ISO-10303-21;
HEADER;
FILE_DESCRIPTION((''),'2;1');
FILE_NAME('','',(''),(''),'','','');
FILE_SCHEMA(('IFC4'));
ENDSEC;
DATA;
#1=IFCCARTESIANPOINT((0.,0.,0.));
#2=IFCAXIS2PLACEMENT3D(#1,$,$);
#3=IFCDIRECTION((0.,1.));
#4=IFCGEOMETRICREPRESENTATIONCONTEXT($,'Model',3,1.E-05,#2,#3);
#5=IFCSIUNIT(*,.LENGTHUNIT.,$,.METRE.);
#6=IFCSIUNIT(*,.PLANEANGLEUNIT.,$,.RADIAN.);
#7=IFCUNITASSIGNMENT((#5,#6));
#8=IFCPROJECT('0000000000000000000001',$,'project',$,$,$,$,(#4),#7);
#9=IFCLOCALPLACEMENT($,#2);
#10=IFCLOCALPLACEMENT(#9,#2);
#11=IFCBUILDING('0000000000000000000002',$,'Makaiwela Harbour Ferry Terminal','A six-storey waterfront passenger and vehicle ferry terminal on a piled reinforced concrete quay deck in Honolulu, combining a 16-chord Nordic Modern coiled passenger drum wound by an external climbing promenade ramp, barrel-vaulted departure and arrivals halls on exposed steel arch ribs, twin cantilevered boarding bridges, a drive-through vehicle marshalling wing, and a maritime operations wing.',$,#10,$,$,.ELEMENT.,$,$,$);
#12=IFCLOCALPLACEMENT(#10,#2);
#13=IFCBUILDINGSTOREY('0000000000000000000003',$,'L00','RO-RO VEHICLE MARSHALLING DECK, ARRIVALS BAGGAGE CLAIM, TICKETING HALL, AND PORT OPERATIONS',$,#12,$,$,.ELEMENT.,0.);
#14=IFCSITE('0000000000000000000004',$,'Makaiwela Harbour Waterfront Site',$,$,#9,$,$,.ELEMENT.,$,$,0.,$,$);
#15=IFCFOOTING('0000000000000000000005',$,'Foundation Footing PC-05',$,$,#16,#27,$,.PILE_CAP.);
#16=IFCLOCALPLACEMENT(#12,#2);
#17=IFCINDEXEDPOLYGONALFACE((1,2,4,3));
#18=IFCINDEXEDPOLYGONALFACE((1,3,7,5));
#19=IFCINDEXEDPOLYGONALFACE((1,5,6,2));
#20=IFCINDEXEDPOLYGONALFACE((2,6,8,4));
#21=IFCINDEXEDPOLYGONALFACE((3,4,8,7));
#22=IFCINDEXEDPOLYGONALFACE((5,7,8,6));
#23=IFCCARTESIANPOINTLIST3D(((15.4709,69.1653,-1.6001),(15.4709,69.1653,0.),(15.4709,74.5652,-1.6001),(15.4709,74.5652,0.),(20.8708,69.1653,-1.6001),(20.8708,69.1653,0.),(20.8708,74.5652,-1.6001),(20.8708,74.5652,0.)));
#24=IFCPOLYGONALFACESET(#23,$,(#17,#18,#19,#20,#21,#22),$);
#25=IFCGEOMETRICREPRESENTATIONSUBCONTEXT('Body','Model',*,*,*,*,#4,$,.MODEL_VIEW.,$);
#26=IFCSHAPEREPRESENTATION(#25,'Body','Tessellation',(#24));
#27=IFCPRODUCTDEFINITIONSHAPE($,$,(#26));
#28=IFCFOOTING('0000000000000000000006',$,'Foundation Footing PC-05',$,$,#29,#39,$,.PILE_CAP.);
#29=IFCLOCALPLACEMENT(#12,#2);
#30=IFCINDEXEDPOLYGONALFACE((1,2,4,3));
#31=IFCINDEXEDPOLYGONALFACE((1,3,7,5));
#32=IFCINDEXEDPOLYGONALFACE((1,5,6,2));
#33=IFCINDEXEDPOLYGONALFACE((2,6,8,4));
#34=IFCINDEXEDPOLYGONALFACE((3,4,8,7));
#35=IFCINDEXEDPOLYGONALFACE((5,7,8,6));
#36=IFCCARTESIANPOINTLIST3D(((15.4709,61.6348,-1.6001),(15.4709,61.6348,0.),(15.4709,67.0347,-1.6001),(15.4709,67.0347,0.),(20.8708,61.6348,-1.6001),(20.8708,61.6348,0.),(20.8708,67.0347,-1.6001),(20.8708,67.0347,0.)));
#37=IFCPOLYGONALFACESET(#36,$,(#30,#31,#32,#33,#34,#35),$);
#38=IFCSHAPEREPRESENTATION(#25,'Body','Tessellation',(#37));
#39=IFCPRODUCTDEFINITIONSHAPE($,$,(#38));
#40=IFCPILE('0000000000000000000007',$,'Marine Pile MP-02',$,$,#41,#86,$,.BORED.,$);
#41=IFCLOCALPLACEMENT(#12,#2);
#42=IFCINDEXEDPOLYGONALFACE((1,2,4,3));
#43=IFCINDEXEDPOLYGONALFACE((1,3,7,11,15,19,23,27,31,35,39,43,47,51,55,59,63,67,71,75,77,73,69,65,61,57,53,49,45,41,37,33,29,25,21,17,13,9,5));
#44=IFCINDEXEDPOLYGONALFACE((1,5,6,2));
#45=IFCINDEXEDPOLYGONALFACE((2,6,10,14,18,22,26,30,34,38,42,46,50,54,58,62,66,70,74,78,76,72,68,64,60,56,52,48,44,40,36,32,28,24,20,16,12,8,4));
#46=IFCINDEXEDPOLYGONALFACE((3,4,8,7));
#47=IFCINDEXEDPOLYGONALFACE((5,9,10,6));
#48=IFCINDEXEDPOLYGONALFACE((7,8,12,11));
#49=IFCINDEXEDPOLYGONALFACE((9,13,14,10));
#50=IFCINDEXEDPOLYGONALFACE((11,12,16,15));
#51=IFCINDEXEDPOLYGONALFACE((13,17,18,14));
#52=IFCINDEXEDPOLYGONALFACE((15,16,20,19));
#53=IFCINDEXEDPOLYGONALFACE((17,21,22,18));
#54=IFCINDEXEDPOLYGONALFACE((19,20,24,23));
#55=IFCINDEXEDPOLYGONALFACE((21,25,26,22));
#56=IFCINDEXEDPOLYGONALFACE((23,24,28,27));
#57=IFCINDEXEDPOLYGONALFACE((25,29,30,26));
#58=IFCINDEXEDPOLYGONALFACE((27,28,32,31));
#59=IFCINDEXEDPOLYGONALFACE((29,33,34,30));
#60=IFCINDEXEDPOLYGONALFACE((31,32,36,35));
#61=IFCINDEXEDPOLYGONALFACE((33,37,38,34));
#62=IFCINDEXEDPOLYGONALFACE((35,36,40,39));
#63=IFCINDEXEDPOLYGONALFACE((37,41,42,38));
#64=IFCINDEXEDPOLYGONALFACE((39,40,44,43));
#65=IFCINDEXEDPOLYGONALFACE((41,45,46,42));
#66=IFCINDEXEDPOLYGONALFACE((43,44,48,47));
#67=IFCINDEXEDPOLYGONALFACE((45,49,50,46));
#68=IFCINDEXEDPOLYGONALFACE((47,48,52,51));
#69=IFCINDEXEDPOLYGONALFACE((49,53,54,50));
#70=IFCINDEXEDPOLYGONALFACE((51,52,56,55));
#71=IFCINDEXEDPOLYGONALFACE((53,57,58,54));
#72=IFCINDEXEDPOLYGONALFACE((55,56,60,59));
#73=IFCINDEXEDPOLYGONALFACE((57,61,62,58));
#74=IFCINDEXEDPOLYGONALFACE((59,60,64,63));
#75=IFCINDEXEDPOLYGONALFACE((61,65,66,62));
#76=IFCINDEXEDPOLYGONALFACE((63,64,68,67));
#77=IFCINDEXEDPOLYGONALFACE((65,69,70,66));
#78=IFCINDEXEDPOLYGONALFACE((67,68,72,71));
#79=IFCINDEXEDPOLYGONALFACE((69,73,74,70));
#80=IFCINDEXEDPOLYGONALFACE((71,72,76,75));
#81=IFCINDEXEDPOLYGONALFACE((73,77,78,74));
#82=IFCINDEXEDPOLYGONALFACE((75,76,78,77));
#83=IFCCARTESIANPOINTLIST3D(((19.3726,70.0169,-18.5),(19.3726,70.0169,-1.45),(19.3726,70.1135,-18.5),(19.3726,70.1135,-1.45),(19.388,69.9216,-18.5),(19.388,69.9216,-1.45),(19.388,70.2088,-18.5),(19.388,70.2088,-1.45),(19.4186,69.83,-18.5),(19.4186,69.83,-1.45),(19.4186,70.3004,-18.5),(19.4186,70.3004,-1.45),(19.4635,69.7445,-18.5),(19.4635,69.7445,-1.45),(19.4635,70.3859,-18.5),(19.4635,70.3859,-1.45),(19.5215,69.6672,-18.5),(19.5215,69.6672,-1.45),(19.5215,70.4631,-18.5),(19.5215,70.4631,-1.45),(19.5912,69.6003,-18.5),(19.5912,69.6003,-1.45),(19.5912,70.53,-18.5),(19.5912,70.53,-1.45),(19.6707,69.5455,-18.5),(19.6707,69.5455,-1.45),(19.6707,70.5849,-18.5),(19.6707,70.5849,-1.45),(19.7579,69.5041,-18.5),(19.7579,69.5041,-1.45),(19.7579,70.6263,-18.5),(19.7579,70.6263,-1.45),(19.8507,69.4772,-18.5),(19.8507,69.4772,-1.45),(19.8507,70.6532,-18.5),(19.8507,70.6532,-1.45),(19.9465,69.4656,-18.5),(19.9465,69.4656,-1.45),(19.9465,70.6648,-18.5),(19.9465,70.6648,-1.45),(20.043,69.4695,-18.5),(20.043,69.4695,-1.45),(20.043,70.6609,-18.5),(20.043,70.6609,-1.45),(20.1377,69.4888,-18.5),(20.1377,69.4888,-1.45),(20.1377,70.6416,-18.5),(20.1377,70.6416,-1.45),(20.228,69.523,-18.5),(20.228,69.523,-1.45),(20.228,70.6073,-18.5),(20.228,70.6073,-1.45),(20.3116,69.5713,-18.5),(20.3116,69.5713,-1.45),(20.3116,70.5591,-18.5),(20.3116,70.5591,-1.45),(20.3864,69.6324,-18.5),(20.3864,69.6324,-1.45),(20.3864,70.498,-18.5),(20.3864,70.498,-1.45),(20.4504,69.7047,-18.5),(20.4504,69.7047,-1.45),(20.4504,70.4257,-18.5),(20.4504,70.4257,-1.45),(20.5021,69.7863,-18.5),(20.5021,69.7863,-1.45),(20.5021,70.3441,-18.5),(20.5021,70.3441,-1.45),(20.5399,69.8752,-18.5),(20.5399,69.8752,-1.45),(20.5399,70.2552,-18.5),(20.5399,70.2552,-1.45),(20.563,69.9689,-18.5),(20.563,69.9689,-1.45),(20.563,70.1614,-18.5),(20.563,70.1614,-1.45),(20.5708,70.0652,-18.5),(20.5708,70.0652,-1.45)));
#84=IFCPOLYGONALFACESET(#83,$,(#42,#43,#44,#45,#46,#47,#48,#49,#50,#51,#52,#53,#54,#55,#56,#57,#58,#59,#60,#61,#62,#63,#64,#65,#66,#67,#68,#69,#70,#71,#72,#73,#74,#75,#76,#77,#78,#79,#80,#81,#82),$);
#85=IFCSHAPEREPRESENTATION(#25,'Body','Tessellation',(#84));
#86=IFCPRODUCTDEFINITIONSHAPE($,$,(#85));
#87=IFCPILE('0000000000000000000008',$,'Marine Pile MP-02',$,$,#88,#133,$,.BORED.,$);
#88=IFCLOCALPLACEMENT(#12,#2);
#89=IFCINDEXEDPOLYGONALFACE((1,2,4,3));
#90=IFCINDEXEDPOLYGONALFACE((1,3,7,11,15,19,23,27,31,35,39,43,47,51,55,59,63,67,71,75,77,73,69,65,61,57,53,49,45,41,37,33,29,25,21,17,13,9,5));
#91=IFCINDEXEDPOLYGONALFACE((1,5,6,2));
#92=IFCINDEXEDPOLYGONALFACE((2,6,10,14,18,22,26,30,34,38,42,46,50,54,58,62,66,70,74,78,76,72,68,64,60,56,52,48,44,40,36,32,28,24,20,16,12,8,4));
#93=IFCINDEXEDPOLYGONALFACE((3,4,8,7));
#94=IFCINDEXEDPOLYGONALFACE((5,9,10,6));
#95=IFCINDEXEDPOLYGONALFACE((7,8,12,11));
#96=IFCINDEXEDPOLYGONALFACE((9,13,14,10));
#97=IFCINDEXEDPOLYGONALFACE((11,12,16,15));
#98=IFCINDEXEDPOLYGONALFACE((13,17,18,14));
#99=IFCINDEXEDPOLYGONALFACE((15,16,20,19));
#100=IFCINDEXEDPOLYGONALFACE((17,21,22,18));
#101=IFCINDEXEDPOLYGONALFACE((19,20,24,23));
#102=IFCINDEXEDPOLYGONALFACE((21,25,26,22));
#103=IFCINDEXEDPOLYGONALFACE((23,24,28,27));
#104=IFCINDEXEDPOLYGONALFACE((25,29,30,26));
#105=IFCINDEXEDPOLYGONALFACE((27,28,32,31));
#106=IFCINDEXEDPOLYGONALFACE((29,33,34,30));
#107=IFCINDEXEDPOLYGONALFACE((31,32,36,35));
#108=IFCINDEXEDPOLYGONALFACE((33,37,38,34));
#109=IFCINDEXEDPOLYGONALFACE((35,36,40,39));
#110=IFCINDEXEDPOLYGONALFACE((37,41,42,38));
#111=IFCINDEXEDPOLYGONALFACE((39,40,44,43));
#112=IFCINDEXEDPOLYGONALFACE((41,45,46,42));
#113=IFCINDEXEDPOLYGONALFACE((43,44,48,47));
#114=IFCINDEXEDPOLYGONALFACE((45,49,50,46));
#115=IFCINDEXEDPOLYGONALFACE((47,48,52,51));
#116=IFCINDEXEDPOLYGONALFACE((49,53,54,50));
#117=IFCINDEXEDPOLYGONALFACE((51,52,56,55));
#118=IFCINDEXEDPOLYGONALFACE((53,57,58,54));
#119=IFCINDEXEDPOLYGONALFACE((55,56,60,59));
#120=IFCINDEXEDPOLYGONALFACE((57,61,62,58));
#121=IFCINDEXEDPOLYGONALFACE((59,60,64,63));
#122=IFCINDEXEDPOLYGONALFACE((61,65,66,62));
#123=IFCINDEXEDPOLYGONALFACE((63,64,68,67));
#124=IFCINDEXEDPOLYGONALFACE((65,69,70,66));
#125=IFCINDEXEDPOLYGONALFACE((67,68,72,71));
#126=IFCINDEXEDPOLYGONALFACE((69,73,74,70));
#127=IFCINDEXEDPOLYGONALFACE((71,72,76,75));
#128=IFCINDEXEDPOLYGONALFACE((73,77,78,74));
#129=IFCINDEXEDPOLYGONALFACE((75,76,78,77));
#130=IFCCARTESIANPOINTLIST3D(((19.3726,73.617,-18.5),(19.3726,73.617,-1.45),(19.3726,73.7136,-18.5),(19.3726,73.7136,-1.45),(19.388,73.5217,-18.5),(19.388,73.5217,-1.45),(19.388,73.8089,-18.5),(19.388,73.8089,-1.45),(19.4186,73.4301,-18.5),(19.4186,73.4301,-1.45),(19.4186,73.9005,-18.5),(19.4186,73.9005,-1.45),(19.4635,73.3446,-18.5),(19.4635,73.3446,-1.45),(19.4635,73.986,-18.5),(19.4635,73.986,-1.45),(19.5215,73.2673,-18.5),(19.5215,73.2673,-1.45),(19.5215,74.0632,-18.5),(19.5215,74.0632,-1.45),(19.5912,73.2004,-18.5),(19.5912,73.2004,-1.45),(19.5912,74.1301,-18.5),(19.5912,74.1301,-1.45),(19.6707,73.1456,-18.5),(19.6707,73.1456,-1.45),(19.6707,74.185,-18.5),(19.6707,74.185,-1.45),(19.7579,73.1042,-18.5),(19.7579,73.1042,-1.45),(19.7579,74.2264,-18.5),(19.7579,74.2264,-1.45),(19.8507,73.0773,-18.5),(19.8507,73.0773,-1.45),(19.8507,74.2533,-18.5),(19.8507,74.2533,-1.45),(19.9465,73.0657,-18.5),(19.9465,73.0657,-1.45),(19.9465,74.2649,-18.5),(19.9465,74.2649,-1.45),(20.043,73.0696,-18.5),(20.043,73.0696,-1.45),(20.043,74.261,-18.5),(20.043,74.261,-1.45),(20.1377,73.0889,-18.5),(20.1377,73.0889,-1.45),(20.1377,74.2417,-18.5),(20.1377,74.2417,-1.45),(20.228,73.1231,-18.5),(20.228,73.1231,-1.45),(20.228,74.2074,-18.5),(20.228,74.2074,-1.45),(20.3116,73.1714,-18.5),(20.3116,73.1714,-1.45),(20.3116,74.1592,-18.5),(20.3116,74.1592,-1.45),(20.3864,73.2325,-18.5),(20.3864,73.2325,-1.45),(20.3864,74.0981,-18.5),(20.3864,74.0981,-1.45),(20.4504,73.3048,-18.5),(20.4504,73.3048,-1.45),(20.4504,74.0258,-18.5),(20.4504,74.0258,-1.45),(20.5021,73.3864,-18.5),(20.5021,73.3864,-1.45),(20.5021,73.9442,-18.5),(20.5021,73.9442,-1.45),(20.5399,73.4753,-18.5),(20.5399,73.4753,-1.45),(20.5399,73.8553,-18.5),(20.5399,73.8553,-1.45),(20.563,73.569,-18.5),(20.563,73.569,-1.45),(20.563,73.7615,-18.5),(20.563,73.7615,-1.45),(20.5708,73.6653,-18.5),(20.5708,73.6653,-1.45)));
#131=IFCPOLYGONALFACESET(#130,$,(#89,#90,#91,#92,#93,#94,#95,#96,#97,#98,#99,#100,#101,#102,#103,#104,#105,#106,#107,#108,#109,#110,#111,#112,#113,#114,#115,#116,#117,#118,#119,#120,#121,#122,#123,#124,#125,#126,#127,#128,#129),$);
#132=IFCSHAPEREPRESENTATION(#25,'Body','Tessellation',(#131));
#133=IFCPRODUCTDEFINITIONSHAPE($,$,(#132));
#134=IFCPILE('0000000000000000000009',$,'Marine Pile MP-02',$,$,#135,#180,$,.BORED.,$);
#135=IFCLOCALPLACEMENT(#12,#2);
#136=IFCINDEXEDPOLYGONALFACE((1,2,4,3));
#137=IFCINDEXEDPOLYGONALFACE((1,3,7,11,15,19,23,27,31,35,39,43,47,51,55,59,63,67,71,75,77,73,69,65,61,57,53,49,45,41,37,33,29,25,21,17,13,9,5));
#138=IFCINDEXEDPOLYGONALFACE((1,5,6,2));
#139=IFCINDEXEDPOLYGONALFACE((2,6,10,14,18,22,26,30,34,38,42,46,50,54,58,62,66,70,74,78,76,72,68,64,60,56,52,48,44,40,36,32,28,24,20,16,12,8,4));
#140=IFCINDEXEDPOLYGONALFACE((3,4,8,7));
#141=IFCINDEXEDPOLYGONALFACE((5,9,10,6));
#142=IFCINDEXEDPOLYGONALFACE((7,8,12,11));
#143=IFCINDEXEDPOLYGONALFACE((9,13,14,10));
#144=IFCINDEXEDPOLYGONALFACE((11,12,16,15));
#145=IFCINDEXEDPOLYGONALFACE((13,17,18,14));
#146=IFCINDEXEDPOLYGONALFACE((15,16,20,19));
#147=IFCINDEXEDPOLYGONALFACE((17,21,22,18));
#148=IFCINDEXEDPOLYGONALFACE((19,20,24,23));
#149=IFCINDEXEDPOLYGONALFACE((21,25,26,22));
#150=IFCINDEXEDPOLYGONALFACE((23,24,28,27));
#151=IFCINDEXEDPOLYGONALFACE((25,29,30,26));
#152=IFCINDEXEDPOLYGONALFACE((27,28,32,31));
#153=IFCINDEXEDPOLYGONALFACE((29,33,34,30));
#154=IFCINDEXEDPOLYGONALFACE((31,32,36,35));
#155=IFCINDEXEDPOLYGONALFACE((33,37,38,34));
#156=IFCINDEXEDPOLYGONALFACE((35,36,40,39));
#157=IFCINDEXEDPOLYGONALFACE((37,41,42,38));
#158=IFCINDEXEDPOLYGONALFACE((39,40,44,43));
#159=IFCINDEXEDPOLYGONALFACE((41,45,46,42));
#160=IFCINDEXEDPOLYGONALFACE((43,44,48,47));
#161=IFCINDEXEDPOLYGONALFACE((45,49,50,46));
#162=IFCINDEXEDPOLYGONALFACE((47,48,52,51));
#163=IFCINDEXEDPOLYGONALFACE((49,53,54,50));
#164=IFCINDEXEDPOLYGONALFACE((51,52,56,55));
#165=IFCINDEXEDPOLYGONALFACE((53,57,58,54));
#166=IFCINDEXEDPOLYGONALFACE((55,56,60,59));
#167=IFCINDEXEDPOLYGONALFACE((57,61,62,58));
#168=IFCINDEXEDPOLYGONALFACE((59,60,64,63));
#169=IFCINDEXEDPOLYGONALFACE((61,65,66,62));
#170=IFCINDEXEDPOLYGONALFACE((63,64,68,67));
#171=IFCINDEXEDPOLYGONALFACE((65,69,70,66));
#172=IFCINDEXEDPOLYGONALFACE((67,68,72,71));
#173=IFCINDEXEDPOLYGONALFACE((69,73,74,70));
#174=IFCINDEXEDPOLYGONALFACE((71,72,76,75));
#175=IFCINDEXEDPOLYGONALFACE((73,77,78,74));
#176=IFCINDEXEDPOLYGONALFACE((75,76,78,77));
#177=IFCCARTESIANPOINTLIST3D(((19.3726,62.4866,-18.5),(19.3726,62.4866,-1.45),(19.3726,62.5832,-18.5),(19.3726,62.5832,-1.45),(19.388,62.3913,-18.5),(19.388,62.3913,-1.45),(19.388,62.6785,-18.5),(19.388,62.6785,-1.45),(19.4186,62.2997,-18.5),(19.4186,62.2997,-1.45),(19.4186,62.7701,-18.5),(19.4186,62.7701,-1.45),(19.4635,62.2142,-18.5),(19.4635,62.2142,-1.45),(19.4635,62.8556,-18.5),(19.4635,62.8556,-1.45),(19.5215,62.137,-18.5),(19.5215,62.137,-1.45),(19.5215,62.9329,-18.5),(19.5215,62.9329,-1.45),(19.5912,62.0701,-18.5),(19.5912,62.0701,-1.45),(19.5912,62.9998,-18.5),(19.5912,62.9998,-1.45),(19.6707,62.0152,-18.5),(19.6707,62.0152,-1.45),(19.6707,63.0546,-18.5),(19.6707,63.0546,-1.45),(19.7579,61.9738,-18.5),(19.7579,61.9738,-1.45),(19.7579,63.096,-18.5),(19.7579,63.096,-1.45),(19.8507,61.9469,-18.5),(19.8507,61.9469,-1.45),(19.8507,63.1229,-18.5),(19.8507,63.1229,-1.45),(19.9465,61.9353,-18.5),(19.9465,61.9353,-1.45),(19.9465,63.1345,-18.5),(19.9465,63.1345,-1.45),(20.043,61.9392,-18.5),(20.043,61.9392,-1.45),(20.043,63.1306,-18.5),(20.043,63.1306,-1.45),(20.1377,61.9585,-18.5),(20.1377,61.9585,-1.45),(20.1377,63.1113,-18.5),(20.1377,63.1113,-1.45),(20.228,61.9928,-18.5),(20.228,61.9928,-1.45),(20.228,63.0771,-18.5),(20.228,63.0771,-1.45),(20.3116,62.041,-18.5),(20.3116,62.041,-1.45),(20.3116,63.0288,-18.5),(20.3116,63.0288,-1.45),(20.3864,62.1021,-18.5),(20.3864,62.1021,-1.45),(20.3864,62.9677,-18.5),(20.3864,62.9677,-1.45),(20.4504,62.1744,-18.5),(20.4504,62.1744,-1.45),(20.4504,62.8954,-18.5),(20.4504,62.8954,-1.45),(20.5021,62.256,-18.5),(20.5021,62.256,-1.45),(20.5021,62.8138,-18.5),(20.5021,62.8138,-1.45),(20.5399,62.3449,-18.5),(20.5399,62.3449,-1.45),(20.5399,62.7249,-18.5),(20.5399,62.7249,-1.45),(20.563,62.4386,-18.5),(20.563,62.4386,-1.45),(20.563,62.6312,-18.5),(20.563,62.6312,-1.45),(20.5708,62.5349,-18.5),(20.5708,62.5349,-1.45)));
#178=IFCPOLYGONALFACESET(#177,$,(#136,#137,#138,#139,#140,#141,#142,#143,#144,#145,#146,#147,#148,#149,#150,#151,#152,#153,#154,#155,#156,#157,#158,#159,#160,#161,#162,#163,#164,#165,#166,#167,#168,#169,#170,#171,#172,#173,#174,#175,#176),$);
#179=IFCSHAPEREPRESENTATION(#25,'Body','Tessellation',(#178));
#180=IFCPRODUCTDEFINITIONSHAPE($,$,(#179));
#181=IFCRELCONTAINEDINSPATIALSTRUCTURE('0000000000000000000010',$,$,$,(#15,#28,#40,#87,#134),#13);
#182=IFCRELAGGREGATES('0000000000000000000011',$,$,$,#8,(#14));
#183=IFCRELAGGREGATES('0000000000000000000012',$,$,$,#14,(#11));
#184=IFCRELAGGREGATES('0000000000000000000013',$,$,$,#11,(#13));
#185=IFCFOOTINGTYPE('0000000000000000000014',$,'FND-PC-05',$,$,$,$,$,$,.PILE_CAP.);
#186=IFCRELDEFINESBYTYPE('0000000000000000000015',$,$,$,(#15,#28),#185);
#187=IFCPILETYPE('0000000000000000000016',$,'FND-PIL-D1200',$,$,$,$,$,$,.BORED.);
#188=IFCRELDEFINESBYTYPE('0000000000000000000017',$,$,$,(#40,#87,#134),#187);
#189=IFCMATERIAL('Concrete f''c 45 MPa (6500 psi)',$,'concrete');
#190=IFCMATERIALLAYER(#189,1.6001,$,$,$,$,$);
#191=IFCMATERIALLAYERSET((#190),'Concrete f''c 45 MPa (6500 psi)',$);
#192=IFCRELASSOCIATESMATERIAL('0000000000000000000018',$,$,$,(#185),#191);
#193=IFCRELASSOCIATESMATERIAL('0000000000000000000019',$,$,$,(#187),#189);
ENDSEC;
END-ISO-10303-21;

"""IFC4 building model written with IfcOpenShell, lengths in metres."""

from ifc_helpers import new_model, si_unit, direction, frame, origin, origin_2d, place, context, subcontext, project, spatial, rectangle, circle, extrude, material, layer, layer_set, material_profile, profile_set, type_object, element, save


model = new_model("IFC4")

# Units and contexts
model_context = context("Model", 3, precision=1e-05, world=origin(), true_north=direction((0.0, 1.0)))
body_context = subcontext(model_context, "Body", "Model", "MODEL_VIEW")
ifc_project = project(units=[si_unit("LENGTHUNIT", "METRE"), si_unit("PLANEANGLEUNIT", "RADIAN")], contexts=[model_context])

# Site, building, storey
site_placement = place(None, origin())
site = spatial("IfcSite", under=ifc_project, at=site_placement, Name="Makaiwela Harbour Waterfront Site", CompositionType="ELEMENT", RefElevation=0.0)
building_placement = place(site_placement, origin())
building = spatial("IfcBuilding", under=site, at=building_placement, Name="Makaiwela Harbour Ferry Terminal", Description="A six-storey waterfront passenger and vehicle ferry terminal on a piled reinforced concrete quay deck in Honolulu, combining a 16-chord Nordic Modern coiled passenger drum wound by an external climbing promenade ramp, barrel-vaulted departure and arrivals halls on exposed steel arch ribs, twin cantilevered boarding bridges, a drive-through vehicle marshalling wing, and a maritime operations wing.", CompositionType="ELEMENT")
storey_placement = place(building_placement, origin())
storey = spatial("IfcBuildingStorey", under=building, at=storey_placement, Name="L00", Description="RO-RO VEHICLE MARSHALLING DECK, ARRIVALS BAGGAGE CLAIM, TICKETING HALL, AND PORT OPERATIONS", CompositionType="ELEMENT", Elevation=0.0)

# Footings
ifc_material_1 = material(Name="Concrete f'c 45 MPa (6500 psi)", Category="concrete")
ifc_layer_1 = layer(ifc_material_1, 1.6001)
ifc_layer_set_1 = layer_set([ifc_layer_1], Name="Concrete f'c 45 MPa (6500 psi)")
footing_type = type_object("IfcFootingType", Name="FND-PC-05", PredefinedType="PILE_CAP", material=ifc_layer_set_1)
for number, where, z_axis, x_axis, name in (
    (1, (18.1709, 71.8652, -1.6001), (0.0, 0.0, 1.0), (1.0, 0.0, 0.0), "Foundation Footing PC-05"),
    (2, (18.1709, 64.3347, -1.6001), (0.0, 0.0, 1.0), (1.0, 0.0, 0.0), "Foundation Footing PC-05"),
):
    element("IfcFooting", number, at=place(storey_placement, frame(where, z_axis=z_axis, x_axis=x_axis)), inside=storey, type_object=footing_type, Name=name, PredefinedType="PILE_CAP", context=body_context, shape_type="SweptSolid", body=[
        extrude(rectangle(XDim=5.3999, YDim=5.3999, at=origin_2d()), origin(), (0.0, 0.0, 1.0), 1.6001),
    ])

# Piles
ifc_material_profile_1 = material_profile(ifc_material_1, circle(Radius=0.6001, at=origin_2d()), Name="PILE-D1200")
ifc_profile_set_1 = profile_set([ifc_material_profile_1], Name="Concrete f'c 45 MPa (6500 psi)")
pile_type = type_object("IfcPileType", Name="FND-PIL-D1200", PredefinedType="BORED", material=ifc_profile_set_1)
for number, where, z_axis, x_axis, name in (
    (3, (19.9707, 70.0652, -1.45), (0.0, 0.0, -1.0), (1.0, 0.0, 0.0), "Marine Pile MP-02"),
    (4, (19.9707, 73.6653, -1.45), (0.0, 0.0, -1.0), (1.0, 0.0, 0.0), "Marine Pile MP-02"),
    (5, (19.9707, 62.5349, -1.45), (0.0, 0.0, -1.0), (1.0, 0.0, 0.0), "Marine Pile MP-02"),
):
    element("IfcPile", number, at=place(storey_placement, frame(where, z_axis=z_axis, x_axis=x_axis)), inside=storey, type_object=pile_type, Name=name, PredefinedType="BORED", context=body_context, shape_type="SweptSolid", body=[
        extrude(circle(Radius=0.6001, at=origin_2d()), origin(), (0.0, 0.0, 1.0), 17.05),
    ])

save(model, "model.ifc")
